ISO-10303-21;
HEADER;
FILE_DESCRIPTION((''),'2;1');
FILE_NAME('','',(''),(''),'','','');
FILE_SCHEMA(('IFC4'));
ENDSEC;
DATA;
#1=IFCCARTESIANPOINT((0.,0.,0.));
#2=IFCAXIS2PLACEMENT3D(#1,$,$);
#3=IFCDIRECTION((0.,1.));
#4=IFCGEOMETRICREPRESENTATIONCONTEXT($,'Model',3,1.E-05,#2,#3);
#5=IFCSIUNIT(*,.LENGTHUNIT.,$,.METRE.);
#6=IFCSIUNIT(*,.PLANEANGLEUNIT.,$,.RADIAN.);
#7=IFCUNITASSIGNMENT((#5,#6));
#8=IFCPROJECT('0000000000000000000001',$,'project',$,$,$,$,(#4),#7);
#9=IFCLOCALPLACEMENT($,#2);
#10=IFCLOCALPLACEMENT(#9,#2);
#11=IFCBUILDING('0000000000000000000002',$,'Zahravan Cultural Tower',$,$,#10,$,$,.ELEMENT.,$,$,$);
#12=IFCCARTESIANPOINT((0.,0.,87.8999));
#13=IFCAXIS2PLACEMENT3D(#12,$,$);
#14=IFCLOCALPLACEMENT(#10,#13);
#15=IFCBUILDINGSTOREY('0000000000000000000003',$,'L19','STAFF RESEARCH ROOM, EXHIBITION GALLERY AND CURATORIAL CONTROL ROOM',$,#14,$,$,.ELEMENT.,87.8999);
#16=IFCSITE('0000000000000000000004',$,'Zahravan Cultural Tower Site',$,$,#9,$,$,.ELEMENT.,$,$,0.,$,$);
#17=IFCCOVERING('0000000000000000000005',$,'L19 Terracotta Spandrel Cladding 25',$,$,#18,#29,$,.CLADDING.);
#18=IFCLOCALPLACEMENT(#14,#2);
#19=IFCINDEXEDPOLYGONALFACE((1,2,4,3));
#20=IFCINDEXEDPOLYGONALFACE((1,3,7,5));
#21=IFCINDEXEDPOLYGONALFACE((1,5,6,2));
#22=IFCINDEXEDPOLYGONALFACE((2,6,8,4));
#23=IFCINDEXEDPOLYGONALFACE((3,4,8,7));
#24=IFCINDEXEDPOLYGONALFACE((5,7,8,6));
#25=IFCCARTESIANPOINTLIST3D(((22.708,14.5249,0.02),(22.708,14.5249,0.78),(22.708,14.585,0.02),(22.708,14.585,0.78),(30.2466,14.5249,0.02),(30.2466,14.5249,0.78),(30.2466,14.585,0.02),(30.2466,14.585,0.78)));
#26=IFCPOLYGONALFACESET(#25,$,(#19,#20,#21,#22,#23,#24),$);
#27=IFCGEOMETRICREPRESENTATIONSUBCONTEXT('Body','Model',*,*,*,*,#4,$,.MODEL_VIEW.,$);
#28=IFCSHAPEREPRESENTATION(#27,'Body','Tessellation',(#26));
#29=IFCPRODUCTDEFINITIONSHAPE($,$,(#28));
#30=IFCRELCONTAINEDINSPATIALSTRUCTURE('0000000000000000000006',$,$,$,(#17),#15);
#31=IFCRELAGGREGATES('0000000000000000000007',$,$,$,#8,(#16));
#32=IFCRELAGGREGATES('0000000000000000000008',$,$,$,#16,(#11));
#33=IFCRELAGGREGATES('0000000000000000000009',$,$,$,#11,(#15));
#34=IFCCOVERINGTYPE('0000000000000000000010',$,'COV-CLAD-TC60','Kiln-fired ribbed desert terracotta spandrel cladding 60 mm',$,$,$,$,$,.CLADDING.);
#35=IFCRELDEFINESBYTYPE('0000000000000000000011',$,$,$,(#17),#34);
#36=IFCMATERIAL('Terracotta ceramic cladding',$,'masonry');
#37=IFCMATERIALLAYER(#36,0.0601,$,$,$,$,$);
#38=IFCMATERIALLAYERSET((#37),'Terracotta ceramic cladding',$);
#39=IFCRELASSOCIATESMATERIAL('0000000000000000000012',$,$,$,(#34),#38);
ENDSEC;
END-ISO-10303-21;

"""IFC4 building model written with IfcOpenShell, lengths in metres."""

from ifc_helpers import new_model, si_unit, direction, frame, origin, origin_2d, place, context, subcontext, project, spatial, rectangle, extrude, source, transform, mapped, material, layer, layer_set, type_object, element, save


model = new_model("IFC4")

# Units and contexts
model_context = context("Model", 3, precision=1e-05, world=origin(), true_north=direction((0.0, 1.0)))
body_context = subcontext(model_context, "Body", "Model", "MODEL_VIEW")
ifc_project = project(units=[si_unit("LENGTHUNIT", "METRE"), si_unit("PLANEANGLEUNIT", "RADIAN")], contexts=[model_context])

# Site, building, storey
site_placement = place(None, origin())
site = spatial("IfcSite", under=ifc_project, at=site_placement, Name="Zahravan Cultural Tower Site", CompositionType="ELEMENT", RefElevation=0.0)
building_placement = place(site_placement, origin())
building = spatial("IfcBuilding", under=site, at=building_placement, Name="Zahravan Cultural Tower", CompositionType="ELEMENT")
storey_placement = place(building_placement, frame((0.0, 0.0, 87.8999)))
storey = spatial("IfcBuildingStorey", under=building, at=storey_placement, Name="L19", Description="STAFF RESEARCH ROOM, EXHIBITION GALLERY AND CURATORIAL CONTROL ROOM", CompositionType="ELEMENT", Elevation=87.8999)

# Covering
ifc_material_1 = material(Name="Terracotta ceramic cladding", Category="masonry")
ifc_layer_1 = layer(ifc_material_1, 0.0601)
ifc_layer_set_1 = layer_set([ifc_layer_1], Name="Terracotta ceramic cladding")
covering_type = type_object("IfcCoveringType", Name="COV-CLAD-TC60", Description="Kiln-fired ribbed desert terracotta spandrel cladding 60 mm", PredefinedType="CLADDING", material=ifc_layer_set_1)
shared_shape_1 = source(origin(), body_context, "Body", "SweptSolid", [
    extrude(rectangle(XDim=7.5386, YDim=0.0601, at=origin_2d()), origin(), (0.0, 0.0, 1.0), 0.76),
])
covering_placement = place(storey_placement, frame((26.4773, 14.5549, 0.02), z_axis=(0.0, 0.0, 1.0), x_axis=(-1.0, 0.0, 0.0)))
element("IfcCovering", 1, at=covering_placement, inside=storey, type_object=covering_type, Name="L19 Terracotta Spandrel Cladding 25", PredefinedType="CLADDING", context=body_context, shape_type="MappedRepresentation", body=[
    mapped(shared_shape_1, transform((0.0, 0.0, 0.0), x_axis=(1.0, 0.0, 0.0), y_axis=(0.0, 1.0, 0.0), z_axis=(0.0, 0.0, 1.0), scale=1.0)),
])

save(model, "model.ifc")
